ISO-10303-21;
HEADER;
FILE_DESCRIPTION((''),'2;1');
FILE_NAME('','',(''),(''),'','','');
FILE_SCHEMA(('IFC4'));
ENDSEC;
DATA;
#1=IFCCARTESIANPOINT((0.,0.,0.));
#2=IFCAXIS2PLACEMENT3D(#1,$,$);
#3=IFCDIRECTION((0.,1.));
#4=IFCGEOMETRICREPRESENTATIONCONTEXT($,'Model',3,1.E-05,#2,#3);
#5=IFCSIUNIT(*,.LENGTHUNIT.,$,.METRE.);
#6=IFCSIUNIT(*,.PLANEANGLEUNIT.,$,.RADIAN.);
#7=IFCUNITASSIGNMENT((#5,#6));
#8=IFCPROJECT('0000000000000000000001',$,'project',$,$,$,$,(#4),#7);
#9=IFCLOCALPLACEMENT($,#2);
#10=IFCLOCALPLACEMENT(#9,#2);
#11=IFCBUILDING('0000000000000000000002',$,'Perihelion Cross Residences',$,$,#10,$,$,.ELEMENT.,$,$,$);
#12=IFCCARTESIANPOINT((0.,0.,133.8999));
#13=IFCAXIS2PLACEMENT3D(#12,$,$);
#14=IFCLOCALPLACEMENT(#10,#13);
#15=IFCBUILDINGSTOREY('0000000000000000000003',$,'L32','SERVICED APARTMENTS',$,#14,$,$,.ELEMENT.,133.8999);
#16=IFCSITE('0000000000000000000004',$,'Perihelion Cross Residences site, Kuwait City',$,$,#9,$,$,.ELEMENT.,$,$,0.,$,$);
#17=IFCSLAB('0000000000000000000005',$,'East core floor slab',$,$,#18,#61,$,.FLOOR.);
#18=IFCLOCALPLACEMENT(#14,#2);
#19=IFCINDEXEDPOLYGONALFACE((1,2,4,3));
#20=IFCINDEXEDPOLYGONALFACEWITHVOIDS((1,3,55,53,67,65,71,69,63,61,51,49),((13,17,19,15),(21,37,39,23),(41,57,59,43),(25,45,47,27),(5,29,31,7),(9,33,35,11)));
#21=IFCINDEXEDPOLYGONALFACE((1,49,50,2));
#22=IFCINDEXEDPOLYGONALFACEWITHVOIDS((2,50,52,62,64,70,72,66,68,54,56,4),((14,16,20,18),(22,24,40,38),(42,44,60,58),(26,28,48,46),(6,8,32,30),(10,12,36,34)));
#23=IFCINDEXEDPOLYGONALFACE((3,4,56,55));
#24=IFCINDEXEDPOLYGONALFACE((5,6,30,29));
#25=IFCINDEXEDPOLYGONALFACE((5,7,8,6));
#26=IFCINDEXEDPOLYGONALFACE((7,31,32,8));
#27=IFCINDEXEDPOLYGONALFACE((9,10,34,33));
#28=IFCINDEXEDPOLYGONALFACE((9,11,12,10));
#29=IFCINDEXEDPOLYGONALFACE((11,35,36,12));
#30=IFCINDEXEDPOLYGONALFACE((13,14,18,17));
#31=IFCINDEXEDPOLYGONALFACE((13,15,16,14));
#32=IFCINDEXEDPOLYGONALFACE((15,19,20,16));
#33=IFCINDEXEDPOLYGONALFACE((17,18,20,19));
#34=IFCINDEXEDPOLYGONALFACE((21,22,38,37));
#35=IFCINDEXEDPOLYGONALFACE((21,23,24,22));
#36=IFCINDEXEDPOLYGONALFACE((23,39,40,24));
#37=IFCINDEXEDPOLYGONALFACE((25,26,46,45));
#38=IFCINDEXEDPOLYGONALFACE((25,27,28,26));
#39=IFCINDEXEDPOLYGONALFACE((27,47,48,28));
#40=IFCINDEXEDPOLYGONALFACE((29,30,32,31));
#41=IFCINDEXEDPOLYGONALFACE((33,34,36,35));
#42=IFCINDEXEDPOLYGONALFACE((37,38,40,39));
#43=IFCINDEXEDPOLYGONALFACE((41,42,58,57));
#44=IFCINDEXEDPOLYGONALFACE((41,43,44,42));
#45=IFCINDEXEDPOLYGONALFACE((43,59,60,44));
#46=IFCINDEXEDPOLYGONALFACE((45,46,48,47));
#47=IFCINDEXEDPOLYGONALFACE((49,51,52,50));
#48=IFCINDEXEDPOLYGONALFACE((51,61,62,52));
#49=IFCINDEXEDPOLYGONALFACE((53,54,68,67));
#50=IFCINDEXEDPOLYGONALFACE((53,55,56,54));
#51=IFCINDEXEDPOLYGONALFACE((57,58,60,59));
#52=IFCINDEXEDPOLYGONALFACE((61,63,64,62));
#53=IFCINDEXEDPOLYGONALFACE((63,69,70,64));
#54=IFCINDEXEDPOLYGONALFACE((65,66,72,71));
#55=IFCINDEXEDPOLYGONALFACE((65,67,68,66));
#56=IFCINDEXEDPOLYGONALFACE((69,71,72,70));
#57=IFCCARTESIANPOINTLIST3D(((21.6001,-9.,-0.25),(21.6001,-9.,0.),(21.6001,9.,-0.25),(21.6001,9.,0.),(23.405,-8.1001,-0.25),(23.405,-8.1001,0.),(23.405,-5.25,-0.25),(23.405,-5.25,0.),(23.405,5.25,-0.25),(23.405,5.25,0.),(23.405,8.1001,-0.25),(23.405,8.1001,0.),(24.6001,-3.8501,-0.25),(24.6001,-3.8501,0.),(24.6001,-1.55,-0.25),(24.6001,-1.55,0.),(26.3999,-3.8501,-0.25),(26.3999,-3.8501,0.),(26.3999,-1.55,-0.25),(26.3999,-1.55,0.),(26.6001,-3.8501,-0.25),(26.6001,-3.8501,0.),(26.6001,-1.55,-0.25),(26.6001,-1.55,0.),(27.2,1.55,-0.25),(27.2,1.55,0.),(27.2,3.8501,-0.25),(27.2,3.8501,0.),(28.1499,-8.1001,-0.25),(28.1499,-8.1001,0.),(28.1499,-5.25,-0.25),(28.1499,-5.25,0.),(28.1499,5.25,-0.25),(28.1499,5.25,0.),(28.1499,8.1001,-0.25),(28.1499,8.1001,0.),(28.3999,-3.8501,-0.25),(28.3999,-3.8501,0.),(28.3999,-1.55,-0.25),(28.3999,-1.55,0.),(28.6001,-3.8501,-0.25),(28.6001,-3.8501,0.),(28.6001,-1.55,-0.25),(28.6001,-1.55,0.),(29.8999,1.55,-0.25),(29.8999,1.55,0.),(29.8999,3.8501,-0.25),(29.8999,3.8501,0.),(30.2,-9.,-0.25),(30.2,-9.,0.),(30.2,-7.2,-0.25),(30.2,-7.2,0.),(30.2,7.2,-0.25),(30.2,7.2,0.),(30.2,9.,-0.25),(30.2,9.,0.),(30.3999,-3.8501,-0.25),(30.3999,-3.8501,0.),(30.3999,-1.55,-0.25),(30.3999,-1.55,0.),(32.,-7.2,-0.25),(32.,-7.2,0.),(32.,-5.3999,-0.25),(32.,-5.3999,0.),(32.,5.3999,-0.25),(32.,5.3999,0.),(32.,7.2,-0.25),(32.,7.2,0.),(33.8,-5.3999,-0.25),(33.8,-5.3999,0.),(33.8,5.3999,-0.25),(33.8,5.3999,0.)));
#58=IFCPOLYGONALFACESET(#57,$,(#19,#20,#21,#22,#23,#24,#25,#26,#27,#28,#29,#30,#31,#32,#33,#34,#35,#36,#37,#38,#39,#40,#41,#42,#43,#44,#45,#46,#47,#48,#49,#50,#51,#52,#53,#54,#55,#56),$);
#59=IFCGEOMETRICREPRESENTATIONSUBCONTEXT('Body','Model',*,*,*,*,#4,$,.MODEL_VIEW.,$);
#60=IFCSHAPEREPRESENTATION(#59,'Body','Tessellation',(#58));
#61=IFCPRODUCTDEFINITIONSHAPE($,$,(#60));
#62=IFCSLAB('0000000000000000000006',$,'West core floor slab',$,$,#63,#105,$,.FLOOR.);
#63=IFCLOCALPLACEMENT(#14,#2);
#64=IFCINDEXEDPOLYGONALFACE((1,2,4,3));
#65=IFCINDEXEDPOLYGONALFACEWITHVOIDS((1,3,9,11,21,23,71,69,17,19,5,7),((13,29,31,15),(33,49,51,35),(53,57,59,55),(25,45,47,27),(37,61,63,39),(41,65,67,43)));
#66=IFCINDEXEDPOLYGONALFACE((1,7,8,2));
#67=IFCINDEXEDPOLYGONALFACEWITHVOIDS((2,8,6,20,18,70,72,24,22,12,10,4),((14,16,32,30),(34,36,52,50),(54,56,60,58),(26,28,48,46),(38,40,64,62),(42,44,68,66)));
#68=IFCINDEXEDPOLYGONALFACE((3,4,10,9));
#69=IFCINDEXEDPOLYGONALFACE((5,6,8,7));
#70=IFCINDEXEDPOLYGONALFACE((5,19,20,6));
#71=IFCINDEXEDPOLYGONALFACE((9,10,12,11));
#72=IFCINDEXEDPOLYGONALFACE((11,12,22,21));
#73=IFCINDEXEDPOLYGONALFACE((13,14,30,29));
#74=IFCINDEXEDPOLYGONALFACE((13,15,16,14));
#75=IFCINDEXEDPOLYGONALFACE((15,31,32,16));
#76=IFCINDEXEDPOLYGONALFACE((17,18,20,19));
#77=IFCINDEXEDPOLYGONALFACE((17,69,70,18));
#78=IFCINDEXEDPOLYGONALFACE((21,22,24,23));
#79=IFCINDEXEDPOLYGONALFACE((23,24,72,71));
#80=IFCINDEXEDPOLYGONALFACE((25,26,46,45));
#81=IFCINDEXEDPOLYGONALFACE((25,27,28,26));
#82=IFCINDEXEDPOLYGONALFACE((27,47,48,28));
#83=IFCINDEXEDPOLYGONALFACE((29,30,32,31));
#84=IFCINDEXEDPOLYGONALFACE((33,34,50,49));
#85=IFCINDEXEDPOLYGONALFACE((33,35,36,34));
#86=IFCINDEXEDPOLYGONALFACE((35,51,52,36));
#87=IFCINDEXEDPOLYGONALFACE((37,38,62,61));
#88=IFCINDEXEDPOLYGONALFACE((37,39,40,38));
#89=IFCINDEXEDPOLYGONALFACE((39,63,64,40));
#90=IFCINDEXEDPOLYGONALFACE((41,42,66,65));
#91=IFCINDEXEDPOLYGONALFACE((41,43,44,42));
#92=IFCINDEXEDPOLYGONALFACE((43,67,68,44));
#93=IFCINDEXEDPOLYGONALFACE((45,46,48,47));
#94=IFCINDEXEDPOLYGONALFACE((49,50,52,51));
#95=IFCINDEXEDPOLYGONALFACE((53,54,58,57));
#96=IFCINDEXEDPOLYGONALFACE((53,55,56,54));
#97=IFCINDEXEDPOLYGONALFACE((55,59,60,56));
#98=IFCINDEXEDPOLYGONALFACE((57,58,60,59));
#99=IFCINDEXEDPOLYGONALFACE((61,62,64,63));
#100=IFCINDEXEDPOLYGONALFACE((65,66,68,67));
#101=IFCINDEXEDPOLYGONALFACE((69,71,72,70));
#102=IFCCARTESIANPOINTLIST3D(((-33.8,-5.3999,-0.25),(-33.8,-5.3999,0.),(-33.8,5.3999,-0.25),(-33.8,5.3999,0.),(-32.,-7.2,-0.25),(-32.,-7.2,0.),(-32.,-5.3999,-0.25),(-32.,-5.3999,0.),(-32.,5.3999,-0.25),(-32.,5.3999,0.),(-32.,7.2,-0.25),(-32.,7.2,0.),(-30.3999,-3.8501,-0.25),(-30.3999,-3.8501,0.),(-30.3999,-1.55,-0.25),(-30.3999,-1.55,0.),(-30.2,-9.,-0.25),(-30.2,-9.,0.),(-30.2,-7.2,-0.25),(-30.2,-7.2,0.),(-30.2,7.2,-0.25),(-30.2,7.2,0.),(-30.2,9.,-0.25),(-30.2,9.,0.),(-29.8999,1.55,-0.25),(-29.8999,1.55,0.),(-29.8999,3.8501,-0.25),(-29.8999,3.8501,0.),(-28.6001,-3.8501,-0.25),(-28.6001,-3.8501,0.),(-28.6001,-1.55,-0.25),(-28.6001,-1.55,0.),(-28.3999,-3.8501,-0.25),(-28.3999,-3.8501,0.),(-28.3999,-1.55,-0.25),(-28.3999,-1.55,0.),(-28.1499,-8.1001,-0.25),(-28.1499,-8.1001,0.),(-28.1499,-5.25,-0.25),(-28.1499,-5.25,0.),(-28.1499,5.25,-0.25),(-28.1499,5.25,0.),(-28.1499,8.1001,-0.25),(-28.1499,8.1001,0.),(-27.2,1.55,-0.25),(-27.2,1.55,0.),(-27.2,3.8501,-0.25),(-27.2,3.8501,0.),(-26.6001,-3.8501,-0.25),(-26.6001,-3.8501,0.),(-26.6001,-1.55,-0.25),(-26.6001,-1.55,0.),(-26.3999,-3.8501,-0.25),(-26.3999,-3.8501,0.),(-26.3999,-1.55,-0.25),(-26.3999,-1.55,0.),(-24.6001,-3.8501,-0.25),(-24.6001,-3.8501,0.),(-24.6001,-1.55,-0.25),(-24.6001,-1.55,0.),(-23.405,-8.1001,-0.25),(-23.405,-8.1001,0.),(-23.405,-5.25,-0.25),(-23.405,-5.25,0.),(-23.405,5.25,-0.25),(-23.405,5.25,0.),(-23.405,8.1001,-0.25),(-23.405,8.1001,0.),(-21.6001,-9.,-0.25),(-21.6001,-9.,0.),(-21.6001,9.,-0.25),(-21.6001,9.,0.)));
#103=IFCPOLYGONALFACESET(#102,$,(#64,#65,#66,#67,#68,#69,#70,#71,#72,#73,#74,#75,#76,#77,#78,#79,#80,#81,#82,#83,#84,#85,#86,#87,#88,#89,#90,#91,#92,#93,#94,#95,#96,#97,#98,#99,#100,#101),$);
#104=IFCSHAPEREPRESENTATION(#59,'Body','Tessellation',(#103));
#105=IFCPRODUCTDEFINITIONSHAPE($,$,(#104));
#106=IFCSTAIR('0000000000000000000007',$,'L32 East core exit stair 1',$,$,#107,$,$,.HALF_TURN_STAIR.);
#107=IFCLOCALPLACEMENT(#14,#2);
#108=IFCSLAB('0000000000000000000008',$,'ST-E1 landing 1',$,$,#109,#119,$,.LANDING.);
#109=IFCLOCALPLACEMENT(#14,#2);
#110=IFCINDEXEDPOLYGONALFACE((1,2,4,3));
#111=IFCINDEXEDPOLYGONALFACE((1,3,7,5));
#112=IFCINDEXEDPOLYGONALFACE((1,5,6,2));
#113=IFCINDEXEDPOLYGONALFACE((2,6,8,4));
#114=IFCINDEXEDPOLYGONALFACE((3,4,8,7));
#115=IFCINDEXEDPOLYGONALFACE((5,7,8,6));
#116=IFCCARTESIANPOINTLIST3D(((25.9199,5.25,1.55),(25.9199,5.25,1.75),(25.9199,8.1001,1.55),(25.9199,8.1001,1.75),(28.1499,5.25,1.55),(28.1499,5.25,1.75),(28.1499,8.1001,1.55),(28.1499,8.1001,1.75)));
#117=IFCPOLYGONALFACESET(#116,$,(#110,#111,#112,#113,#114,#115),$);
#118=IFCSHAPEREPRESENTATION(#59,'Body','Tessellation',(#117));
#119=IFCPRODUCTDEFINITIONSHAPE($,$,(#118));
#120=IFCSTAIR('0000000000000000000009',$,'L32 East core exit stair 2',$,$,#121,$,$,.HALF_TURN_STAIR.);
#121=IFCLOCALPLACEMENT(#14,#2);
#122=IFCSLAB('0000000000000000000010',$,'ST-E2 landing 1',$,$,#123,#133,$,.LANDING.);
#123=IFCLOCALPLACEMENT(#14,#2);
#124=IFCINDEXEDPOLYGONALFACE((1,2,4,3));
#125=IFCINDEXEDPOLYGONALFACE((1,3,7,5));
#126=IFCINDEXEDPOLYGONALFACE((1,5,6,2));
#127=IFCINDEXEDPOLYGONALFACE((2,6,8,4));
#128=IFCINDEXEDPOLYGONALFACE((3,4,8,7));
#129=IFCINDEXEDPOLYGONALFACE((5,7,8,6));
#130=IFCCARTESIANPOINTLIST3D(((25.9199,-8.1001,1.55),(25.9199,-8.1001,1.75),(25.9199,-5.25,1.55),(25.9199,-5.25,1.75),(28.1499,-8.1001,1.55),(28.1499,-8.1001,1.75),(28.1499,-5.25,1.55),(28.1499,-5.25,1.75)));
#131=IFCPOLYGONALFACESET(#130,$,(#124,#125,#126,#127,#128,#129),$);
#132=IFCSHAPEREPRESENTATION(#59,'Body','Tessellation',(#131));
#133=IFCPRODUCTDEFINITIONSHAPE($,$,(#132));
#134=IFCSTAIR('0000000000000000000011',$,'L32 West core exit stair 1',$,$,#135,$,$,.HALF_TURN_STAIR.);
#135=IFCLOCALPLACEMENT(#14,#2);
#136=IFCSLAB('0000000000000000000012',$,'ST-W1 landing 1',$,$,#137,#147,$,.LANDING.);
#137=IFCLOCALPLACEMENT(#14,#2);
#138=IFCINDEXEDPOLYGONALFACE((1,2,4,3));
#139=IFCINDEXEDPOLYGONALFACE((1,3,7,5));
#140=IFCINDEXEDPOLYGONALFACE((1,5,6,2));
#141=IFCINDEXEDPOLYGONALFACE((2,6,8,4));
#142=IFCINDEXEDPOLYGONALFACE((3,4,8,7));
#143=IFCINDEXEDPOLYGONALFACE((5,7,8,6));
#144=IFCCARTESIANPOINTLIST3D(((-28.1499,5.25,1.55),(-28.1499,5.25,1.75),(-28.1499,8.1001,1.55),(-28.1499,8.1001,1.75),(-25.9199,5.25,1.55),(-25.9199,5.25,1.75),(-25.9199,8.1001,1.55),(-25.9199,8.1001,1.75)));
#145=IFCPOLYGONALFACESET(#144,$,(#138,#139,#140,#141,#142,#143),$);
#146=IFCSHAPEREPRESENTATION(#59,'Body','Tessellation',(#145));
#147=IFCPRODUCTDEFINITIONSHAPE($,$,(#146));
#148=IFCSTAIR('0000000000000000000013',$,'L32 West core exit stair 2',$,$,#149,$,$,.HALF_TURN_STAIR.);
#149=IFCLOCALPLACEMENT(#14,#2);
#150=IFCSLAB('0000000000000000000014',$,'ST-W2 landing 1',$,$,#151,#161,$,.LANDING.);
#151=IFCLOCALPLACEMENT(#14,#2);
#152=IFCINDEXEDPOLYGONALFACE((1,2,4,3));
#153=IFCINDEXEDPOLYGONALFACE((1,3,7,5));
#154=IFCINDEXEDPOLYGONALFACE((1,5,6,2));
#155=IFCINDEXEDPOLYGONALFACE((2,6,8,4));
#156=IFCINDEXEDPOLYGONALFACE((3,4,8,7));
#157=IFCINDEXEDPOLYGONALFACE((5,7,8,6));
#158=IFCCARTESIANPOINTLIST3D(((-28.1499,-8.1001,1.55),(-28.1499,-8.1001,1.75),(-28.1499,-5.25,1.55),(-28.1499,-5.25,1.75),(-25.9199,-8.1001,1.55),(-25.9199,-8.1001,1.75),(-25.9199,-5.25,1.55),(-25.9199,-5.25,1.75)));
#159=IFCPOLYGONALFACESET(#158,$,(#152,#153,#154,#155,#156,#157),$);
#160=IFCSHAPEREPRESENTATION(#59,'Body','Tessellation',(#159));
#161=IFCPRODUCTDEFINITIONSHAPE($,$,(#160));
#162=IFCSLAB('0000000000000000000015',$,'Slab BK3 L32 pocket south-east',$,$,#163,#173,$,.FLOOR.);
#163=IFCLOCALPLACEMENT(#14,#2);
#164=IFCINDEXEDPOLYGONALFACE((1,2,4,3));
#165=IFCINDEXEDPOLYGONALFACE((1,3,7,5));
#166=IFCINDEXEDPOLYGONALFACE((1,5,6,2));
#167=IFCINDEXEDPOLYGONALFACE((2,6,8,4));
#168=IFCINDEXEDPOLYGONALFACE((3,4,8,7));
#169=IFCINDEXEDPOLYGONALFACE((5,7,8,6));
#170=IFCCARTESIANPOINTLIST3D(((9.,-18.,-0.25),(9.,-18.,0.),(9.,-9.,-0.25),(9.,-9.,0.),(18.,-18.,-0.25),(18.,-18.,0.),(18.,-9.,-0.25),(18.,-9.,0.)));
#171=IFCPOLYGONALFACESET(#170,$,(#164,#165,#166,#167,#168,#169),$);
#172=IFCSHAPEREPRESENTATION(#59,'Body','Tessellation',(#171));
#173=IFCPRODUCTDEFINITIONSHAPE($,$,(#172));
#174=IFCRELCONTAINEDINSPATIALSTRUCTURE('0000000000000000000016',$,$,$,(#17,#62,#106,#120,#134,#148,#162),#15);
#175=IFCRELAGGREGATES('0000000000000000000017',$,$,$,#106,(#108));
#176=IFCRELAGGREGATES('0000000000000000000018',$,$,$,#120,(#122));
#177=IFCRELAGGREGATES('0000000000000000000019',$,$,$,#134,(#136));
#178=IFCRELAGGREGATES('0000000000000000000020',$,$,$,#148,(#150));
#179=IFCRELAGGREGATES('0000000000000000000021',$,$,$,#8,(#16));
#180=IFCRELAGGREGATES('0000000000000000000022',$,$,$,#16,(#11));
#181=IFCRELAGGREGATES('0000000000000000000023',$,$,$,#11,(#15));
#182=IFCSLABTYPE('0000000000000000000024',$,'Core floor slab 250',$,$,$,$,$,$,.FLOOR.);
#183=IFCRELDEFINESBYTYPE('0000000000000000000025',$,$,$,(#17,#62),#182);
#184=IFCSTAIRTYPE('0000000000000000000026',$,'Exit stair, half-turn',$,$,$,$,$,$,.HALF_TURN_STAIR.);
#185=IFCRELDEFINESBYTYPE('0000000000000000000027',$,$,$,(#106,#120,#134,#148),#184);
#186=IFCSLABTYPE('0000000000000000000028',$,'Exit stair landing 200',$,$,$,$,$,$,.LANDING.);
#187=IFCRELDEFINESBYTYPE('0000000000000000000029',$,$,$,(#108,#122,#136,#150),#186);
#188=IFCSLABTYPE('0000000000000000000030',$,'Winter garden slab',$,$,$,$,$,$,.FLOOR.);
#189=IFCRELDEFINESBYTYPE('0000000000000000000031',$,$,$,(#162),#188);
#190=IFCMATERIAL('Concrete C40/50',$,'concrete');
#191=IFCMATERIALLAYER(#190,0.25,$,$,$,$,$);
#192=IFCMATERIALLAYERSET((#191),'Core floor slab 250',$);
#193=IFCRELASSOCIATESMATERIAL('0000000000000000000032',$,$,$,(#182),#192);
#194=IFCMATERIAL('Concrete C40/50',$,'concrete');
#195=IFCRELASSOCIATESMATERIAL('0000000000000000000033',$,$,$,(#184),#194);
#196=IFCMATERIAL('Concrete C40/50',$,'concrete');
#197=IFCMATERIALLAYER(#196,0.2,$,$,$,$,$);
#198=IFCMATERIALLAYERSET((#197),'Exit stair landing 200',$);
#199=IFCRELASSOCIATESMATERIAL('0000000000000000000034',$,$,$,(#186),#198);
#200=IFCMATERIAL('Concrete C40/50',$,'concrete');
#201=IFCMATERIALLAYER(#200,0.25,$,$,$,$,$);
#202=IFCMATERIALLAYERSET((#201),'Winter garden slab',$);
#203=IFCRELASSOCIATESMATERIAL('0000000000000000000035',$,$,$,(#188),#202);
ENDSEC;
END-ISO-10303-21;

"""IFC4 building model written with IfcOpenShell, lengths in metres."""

from ifc_helpers import new_model, si_unit, direction, frame, origin, place, context, subcontext, project, spatial, polyline, outline, extrude, material, layer, layer_set, type_object, element, aggregate, save


model = new_model("IFC4")

# Units and contexts
model_context = context("Model", 3, precision=1e-05, world=origin(), true_north=direction((0.0, 1.0)))
body_context = subcontext(model_context, "Body", "Model", "MODEL_VIEW")
ifc_project = project(units=[si_unit("LENGTHUNIT", "METRE"), si_unit("PLANEANGLEUNIT", "RADIAN")], contexts=[model_context])

# Site, building, storey
site_placement = place(None, origin())
site = spatial("IfcSite", under=ifc_project, at=site_placement, Name="Perihelion Cross Residences site, Kuwait City", CompositionType="ELEMENT", RefElevation=0.0)
building_placement = place(site_placement, origin())
building = spatial("IfcBuilding", under=site, at=building_placement, Name="Perihelion Cross Residences", CompositionType="ELEMENT")
storey_placement = place(building_placement, frame((0.0, 0.0, 133.8999)))
storey = spatial("IfcBuildingStorey", under=building, at=storey_placement, Name="L32", Description="SERVICED APARTMENTS", CompositionType="ELEMENT", Elevation=133.8999)

# Slabs
ifc_material_1 = material(Name="Concrete C40/50", Category="concrete")
ifc_layer_1 = layer(ifc_material_1, 0.25)
ifc_layer_set_1 = layer_set([ifc_layer_1], Name="Core floor slab 250")
slab_type_1 = type_object("IfcSlabType", Name="Core floor slab 250", PredefinedType="FLOOR", material=ifc_layer_set_1)
slab_1_placement = place(storey_placement, frame((0.0, 0.0, -0.25)))
element("IfcSlab", 1, at=slab_1_placement, inside=storey, type_object=slab_type_1, Name="East core floor slab", PredefinedType="FLOOR", context=body_context, shape_type="SweptSolid", body=[
    extrude(outline(polyline([(30.2, 7.2), (32.0, 7.2), (32.0, 5.3999), (33.8, 5.3999), (33.8, -5.3999), (32.0, -5.3999), (32.0, -7.2), (30.2, -7.2), (30.2, -9.0), (21.6001, -9.0), (21.6001, 9.0), (30.2, 9.0), (30.2, 7.2)]), holes=[polyline([(28.1499, -8.1001), (28.1499, -5.25), (23.405, -5.25), (23.405, -8.1001), (28.1499, -8.1001)]), polyline([(24.6001, -1.55), (24.6001, -3.8501), (26.3999, -3.8501), (26.3999, -1.55), (24.6001, -1.55)]), polyline([(26.6001, -1.55), (26.6001, -3.8501), (28.3999, -3.8501), (28.3999, -1.55), (26.6001, -1.55)]), polyline([(28.6001, -3.8501), (30.3999, -3.8501), (30.3999, -1.55), (28.6001, -1.55), (28.6001, -3.8501)]), polyline([(27.2, 3.8501), (27.2, 1.55), (29.8999, 1.55), (29.8999, 3.8501), (27.2, 3.8501)]), polyline([(23.405, 5.25), (28.1499, 5.25), (28.1499, 8.1001), (23.405, 8.1001), (23.405, 5.25)])]), origin(), (0.0, 0.0, 1.0), 0.25),
])
slab_2_placement = place(storey_placement, frame((0.0, 0.0, -0.25)))
element("IfcSlab", 2, at=slab_2_placement, inside=storey, type_object=slab_type_1, Name="West core floor slab", PredefinedType="FLOOR", context=body_context, shape_type="SweptSolid", body=[
    extrude(outline(polyline([(-30.2, 7.2), (-32.0, 7.2), (-32.0, 5.3999), (-33.8, 5.3999), (-33.8, -5.3999), (-32.0, -5.3999), (-32.0, -7.2), (-30.2, -7.2), (-30.2, -9.0), (-21.6001, -9.0), (-21.6001, 9.0), (-30.2, 9.0), (-30.2, 7.2)]), holes=[polyline([(-28.1499, -8.1001), (-28.1499, -5.25), (-23.405, -5.25), (-23.405, -8.1001), (-28.1499, -8.1001)]), polyline([(-24.6001, -1.55), (-24.6001, -3.8501), (-26.3999, -3.8501), (-26.3999, -1.55), (-24.6001, -1.55)]), polyline([(-26.6001, -1.55), (-26.6001, -3.8501), (-28.3999, -3.8501), (-28.3999, -1.55), (-26.6001, -1.55)]), polyline([(-28.6001, -3.8501), (-30.3999, -3.8501), (-30.3999, -1.55), (-28.6001, -1.55), (-28.6001, -3.8501)]), polyline([(-27.2, 3.8501), (-27.2, 1.55), (-29.8999, 1.55), (-29.8999, 3.8501), (-27.2, 3.8501)]), polyline([(-23.405, 5.25), (-28.1499, 5.25), (-28.1499, 8.1001), (-23.405, 8.1001), (-23.405, 5.25)])]), origin(), (0.0, 0.0, 1.0), 0.25),
])

# Stairs, slabs
ifc_material_2 = material(Name="Concrete C40/50", Category="concrete")
stair_type = type_object("IfcStairType", Name="Exit stair, half-turn", PredefinedType="HALF_TURN_STAIR", material=ifc_material_2)
stair_1_placement = place(storey_placement, origin())
stair_1 = element("IfcStair", 3, at=stair_1_placement, inside=storey, type_object=stair_type, Name="L32 East core exit stair 1", PredefinedType="HALF_TURN_STAIR")
ifc_material_3 = material(Name="Concrete C40/50", Category="concrete")
ifc_layer_2 = layer(ifc_material_3, 0.2)
ifc_layer_set_2 = layer_set([ifc_layer_2], Name="Exit stair landing 200")
slab_type_2 = type_object("IfcSlabType", Name="Exit stair landing 200", PredefinedType="LANDING", material=ifc_layer_set_2)
slab_3_placement = place(storey_placement, frame((0.0, 0.0, 1.55)))
slab_3 = element("IfcSlab", 4, at=slab_3_placement, type_object=slab_type_2, Name="ST-E1 landing 1", PredefinedType="LANDING", context=body_context, shape_type="SweptSolid", body=[
    extrude(outline(polyline([(25.9199, 5.25), (28.1499, 5.25), (28.1499, 8.1001), (25.9199, 8.1001), (25.9199, 5.25)])), origin(), (0.0, 0.0, 1.0), 0.2),
])
aggregate(stair_1, [slab_3])
stair_2_placement = place(storey_placement, origin())
stair_2 = element("IfcStair", 5, at=stair_2_placement, inside=storey, type_object=stair_type, Name="L32 East core exit stair 2", PredefinedType="HALF_TURN_STAIR")
slab_4_placement = place(storey_placement, frame((0.0, 0.0, 1.55)))
slab_4 = element("IfcSlab", 6, at=slab_4_placement, type_object=slab_type_2, Name="ST-E2 landing 1", PredefinedType="LANDING", context=body_context, shape_type="SweptSolid", body=[
    extrude(outline(polyline([(25.9199, -8.1001), (28.1499, -8.1001), (28.1499, -5.25), (25.9199, -5.25), (25.9199, -8.1001)])), origin(), (0.0, 0.0, 1.0), 0.2),
])
aggregate(stair_2, [slab_4])
stair_3_placement = place(storey_placement, origin())
stair_3 = element("IfcStair", 7, at=stair_3_placement, inside=storey, type_object=stair_type, Name="L32 West core exit stair 1", PredefinedType="HALF_TURN_STAIR")
slab_5_placement = place(storey_placement, frame((0.0, 0.0, 1.55)))
slab_5 = element("IfcSlab", 8, at=slab_5_placement, type_object=slab_type_2, Name="ST-W1 landing 1", PredefinedType="LANDING", context=body_context, shape_type="SweptSolid", body=[
    extrude(outline(polyline([(-25.9199, 8.1001), (-28.1499, 8.1001), (-28.1499, 5.25), (-25.9199, 5.25), (-25.9199, 8.1001)])), origin(), (0.0, 0.0, 1.0), 0.2),
])
aggregate(stair_3, [slab_5])
stair_4_placement = place(storey_placement, origin())
stair_4 = element("IfcStair", 9, at=stair_4_placement, inside=storey, type_object=stair_type, Name="L32 West core exit stair 2", PredefinedType="HALF_TURN_STAIR")
slab_6_placement = place(storey_placement, frame((0.0, 0.0, 1.55)))
slab_6 = element("IfcSlab", 10, at=slab_6_placement, type_object=slab_type_2, Name="ST-W2 landing 1", PredefinedType="LANDING", context=body_context, shape_type="SweptSolid", body=[
    extrude(outline(polyline([(-25.9199, -5.25), (-28.1499, -5.25), (-28.1499, -8.1001), (-25.9199, -8.1001), (-25.9199, -5.25)])), origin(), (0.0, 0.0, 1.0), 0.2),
])
aggregate(stair_4, [slab_6])

# Slab
ifc_material_4 = material(Name="Concrete C40/50", Category="concrete")
ifc_layer_3 = layer(ifc_material_4, 0.25)
ifc_layer_set_3 = layer_set([ifc_layer_3], Name="Winter garden slab")
slab_type_3 = type_object("IfcSlabType", Name="Winter garden slab", PredefinedType="FLOOR", material=ifc_layer_set_3)
slab_7_placement = place(storey_placement, frame((0.0, 0.0, -0.25)))
element("IfcSlab", 11, at=slab_7_placement, inside=storey, type_object=slab_type_3, Name="Slab BK3 L32 pocket south-east", PredefinedType="FLOOR", context=body_context, shape_type="SweptSolid", body=[
    extrude(outline(polyline([(18.0, -18.0), (18.0, -9.0), (9.0, -9.0), (9.0, -18.0), (18.0, -18.0)])), origin(), (0.0, 0.0, 1.0), 0.25),
])

save(model, "model.ifc")
